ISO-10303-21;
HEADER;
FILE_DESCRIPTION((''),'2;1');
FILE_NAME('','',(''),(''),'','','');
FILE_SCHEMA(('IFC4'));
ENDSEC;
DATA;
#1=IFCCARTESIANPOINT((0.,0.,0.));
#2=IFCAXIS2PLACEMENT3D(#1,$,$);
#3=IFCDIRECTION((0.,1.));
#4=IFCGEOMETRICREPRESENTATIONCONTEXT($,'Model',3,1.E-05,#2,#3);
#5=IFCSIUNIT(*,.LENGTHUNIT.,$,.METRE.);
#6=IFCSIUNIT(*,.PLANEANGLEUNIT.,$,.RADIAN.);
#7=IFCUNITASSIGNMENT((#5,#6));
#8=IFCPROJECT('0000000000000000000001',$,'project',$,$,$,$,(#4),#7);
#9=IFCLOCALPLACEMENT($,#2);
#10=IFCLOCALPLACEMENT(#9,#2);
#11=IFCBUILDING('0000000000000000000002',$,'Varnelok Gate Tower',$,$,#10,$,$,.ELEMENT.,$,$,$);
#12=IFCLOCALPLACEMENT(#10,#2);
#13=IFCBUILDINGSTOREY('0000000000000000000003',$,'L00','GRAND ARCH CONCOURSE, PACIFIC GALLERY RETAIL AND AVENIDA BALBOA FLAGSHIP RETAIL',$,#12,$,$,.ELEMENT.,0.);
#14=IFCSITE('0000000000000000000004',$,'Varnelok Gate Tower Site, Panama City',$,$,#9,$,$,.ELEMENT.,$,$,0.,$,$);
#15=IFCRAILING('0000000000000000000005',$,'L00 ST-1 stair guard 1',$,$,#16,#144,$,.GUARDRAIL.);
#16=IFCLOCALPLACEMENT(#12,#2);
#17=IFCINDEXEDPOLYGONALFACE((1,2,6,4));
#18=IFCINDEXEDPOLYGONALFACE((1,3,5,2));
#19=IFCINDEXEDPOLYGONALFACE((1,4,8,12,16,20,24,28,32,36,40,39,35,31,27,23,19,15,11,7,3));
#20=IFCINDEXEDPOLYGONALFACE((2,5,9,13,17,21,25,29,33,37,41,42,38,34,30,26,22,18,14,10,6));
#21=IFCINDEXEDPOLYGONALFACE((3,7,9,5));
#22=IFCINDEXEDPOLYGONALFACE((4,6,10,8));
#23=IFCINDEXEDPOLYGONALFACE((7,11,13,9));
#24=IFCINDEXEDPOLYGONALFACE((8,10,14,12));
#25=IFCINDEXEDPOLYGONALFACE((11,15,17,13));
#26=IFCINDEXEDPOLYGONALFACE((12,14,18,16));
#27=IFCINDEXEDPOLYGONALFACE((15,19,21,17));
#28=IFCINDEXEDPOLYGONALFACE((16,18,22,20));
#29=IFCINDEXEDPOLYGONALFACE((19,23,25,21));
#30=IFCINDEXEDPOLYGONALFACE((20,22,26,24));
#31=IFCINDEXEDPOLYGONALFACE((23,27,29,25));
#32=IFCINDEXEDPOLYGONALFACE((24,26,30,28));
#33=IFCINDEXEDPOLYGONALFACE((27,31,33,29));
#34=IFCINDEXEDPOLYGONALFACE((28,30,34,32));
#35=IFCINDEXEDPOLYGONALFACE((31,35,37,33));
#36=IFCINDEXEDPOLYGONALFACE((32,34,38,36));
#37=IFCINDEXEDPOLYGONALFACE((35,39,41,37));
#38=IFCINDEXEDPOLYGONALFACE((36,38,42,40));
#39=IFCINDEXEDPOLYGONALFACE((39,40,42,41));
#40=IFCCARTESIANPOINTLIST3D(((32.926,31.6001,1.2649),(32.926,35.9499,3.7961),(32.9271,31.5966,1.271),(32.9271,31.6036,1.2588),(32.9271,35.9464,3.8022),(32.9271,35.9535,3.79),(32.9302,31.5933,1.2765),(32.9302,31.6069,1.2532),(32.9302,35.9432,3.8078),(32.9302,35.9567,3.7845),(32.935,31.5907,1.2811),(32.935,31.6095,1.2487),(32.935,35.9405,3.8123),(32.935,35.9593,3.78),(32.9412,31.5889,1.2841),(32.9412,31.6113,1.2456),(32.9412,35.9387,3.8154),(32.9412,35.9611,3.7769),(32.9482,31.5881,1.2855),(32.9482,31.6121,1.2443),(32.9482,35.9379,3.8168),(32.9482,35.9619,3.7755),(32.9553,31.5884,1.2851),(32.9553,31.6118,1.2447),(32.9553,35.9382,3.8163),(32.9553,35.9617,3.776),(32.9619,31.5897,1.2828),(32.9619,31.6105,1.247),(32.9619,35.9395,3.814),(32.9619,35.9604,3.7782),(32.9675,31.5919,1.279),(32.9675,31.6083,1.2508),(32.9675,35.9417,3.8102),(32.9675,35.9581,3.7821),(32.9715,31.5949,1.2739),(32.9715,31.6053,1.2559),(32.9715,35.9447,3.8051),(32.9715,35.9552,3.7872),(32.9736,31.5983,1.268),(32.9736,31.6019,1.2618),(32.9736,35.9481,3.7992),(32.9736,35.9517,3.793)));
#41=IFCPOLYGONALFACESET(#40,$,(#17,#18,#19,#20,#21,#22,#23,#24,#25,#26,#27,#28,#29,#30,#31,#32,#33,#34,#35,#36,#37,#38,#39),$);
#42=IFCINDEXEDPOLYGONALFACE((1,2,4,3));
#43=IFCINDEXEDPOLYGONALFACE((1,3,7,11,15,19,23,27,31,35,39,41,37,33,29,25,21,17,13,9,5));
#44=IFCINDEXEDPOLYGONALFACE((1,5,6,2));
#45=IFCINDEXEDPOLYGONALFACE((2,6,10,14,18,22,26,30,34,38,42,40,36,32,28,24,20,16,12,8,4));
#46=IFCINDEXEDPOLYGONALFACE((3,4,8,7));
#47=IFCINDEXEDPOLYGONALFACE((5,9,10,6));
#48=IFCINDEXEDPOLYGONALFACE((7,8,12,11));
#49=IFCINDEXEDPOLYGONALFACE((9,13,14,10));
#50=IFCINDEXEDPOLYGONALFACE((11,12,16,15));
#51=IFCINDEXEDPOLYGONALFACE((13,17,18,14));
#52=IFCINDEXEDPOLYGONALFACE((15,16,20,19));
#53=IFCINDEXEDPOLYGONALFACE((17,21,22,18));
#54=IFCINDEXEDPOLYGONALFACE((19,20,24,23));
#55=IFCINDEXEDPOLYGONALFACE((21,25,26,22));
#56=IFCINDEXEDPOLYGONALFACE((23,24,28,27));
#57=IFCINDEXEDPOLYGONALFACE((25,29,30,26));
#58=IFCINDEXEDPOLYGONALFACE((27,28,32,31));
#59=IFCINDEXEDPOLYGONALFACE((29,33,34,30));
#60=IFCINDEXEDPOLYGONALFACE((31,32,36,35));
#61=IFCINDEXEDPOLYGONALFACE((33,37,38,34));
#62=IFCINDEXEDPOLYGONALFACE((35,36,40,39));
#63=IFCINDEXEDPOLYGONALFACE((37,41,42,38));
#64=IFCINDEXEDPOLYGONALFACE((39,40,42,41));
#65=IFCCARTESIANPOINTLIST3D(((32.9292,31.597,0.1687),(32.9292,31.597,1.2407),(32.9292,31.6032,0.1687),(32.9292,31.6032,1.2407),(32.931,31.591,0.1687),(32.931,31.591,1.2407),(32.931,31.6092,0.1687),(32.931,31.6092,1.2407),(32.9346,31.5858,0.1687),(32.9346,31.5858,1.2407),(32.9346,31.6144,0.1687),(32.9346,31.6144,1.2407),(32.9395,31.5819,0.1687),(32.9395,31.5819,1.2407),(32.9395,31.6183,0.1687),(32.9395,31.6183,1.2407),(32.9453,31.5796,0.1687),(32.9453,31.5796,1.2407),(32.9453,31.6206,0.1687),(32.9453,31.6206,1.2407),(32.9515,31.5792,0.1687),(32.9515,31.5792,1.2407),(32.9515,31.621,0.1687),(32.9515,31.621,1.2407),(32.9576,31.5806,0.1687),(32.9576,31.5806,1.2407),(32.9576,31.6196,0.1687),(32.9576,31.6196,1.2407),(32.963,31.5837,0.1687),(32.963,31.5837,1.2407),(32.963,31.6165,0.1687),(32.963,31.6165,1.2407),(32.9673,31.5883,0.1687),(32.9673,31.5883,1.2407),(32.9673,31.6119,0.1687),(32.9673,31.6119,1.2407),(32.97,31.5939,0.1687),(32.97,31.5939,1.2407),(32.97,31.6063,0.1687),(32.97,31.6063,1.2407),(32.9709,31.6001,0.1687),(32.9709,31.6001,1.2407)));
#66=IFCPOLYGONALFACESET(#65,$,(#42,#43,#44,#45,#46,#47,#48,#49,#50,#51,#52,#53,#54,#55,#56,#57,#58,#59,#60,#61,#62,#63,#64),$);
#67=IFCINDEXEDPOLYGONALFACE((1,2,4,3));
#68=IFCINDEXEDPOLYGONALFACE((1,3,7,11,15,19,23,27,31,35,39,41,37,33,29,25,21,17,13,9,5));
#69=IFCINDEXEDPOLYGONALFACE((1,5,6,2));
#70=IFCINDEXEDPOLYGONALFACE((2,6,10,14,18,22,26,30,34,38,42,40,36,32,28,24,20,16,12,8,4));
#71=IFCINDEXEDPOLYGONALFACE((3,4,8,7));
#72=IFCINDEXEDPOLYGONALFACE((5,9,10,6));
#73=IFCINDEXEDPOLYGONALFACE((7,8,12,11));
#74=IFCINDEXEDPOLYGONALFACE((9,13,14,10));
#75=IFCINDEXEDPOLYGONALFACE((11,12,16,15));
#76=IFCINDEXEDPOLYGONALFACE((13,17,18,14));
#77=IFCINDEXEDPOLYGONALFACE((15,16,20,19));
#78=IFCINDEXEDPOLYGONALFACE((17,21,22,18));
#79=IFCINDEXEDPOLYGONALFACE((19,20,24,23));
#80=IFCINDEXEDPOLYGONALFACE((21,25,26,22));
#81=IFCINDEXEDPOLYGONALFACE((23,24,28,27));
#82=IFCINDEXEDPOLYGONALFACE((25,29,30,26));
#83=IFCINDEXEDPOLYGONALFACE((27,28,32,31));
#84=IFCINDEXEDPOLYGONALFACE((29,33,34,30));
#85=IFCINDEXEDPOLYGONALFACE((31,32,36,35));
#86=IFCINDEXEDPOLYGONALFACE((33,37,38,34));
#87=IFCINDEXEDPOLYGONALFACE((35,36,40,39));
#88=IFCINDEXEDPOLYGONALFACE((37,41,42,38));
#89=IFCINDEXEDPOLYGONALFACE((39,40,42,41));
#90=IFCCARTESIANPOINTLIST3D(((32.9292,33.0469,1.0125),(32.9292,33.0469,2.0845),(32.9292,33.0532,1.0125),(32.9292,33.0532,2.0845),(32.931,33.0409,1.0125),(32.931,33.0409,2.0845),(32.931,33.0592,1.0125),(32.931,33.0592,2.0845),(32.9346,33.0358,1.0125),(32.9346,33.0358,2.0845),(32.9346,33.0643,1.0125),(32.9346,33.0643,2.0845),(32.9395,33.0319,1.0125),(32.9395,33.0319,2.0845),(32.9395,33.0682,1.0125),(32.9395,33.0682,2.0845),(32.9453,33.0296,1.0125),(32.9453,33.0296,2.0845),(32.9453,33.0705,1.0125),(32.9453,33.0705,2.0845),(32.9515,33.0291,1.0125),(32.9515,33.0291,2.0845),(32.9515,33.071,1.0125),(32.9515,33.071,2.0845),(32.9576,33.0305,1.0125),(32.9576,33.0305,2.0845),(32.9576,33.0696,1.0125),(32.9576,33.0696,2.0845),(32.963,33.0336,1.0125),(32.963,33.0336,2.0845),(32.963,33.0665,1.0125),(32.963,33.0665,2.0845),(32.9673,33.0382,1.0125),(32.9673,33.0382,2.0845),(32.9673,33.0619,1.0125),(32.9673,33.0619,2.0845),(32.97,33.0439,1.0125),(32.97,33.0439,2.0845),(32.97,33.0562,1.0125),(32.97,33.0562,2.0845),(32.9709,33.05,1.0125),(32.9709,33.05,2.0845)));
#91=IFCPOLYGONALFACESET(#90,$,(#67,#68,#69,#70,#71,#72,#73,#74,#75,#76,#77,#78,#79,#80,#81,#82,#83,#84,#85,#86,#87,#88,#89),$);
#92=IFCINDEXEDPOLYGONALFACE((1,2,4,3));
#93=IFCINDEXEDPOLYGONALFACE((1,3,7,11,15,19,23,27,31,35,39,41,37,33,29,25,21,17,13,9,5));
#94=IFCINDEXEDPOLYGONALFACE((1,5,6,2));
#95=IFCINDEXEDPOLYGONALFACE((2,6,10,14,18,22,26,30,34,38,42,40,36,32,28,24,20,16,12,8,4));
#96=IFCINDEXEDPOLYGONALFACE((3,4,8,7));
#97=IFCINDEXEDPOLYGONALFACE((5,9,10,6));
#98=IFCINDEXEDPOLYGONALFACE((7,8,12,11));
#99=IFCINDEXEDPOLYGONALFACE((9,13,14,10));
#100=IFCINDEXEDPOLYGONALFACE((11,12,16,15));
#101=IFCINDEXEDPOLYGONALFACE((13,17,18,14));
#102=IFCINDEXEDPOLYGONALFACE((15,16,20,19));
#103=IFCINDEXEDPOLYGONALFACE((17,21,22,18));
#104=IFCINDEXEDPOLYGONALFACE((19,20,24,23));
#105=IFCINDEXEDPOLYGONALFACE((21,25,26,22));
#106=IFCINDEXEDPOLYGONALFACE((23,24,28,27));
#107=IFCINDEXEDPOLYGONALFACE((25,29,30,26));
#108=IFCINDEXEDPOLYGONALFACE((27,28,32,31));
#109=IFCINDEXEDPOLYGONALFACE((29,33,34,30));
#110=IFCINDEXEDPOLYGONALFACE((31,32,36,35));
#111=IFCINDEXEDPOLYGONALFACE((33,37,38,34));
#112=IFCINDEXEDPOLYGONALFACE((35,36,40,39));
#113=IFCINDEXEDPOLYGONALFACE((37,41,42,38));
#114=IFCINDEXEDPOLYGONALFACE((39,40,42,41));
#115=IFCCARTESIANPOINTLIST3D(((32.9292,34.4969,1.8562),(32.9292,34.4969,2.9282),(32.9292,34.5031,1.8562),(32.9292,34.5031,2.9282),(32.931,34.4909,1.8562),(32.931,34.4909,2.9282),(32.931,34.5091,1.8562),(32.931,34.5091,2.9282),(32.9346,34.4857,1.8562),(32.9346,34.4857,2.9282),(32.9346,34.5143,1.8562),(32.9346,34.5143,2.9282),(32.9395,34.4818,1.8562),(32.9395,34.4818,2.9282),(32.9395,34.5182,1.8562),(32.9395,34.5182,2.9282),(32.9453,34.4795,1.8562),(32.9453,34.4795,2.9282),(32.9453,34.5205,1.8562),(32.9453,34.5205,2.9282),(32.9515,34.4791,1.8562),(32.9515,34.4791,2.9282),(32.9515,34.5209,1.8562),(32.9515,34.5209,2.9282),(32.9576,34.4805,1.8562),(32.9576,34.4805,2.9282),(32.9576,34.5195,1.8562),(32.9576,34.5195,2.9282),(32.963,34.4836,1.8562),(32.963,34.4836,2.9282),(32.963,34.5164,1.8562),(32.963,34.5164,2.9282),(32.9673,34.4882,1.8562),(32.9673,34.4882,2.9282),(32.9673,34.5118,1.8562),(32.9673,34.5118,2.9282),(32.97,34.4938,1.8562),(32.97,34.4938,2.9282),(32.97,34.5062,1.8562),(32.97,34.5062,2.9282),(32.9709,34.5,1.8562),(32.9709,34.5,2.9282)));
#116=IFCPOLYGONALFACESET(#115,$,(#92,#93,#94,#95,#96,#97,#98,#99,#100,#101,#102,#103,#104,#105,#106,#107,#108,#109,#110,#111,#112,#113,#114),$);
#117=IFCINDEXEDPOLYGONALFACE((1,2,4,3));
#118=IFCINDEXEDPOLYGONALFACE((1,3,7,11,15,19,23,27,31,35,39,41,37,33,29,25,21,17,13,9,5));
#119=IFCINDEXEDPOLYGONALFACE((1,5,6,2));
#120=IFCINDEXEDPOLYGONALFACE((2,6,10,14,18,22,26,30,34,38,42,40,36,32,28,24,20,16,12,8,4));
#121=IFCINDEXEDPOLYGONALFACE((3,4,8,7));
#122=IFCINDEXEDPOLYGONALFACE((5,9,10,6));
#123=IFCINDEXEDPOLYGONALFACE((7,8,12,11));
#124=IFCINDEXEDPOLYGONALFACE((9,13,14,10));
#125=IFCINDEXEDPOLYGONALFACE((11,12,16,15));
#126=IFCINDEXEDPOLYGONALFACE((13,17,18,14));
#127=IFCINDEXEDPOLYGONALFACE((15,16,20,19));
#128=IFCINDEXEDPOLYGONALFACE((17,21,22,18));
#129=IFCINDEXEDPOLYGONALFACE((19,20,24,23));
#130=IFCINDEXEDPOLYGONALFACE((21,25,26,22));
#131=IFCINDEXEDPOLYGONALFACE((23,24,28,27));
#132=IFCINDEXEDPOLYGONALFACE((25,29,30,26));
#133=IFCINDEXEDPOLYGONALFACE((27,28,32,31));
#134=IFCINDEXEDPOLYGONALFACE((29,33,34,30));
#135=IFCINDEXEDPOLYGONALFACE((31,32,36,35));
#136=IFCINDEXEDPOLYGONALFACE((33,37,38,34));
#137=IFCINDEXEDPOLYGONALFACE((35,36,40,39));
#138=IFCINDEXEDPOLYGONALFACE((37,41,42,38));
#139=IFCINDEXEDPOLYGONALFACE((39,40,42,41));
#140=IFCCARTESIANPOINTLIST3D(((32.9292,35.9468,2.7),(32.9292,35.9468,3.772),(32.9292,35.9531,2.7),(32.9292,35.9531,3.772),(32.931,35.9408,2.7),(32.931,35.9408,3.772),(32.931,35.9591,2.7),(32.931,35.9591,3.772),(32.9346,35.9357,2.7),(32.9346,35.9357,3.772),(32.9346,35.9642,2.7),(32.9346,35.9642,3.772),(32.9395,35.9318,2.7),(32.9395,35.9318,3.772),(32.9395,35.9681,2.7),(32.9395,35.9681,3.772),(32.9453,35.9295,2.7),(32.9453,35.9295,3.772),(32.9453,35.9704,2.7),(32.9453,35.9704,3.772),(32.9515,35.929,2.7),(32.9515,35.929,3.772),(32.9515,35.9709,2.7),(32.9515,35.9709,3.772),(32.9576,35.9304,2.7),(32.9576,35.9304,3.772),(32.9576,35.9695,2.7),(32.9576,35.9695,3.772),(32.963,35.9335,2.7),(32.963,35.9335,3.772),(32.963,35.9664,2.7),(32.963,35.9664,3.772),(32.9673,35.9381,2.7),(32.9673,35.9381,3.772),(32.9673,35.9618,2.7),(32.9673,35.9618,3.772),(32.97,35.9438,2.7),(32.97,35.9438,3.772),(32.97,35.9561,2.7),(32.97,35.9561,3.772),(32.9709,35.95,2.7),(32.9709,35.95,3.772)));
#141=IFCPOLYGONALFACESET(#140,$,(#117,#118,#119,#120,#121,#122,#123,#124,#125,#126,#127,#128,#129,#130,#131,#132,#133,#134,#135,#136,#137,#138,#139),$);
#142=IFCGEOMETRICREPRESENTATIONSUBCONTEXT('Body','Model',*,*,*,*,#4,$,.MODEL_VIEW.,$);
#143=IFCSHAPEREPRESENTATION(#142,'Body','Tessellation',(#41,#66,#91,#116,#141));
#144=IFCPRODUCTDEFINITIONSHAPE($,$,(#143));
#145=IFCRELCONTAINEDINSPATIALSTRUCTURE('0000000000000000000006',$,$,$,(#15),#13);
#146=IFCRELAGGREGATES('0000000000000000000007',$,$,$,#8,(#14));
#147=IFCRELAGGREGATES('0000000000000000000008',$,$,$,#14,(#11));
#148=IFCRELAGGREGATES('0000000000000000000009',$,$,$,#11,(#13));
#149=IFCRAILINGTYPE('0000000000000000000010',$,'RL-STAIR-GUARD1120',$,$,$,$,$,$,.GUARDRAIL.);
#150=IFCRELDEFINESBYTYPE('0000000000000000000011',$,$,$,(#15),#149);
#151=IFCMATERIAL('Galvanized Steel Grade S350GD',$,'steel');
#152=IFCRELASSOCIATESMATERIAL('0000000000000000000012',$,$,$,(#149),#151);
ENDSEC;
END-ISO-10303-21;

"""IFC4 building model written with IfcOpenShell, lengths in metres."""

from ifc_helpers import new_model, si_unit, direction, frame, origin, origin_2d, place, context, subcontext, project, spatial, circle, extrude, material, type_object, element, save


model = new_model("IFC4")

# Units and contexts
model_context = context("Model", 3, precision=1e-05, world=origin(), true_north=direction((0.0, 1.0)))
body_context = subcontext(model_context, "Body", "Model", "MODEL_VIEW")
ifc_project = project(units=[si_unit("LENGTHUNIT", "METRE"), si_unit("PLANEANGLEUNIT", "RADIAN")], contexts=[model_context])

# Site, building, storey
site_placement = place(None, origin())
site = spatial("IfcSite", under=ifc_project, at=site_placement, Name="Varnelok Gate Tower Site, Panama City", CompositionType="ELEMENT", RefElevation=0.0)
building_placement = place(site_placement, origin())
building = spatial("IfcBuilding", under=site, at=building_placement, Name="Varnelok Gate Tower", CompositionType="ELEMENT")
storey_placement = place(building_placement, origin())
storey = spatial("IfcBuildingStorey", under=building, at=storey_placement, Name="L00", Description="GRAND ARCH CONCOURSE, PACIFIC GALLERY RETAIL AND AVENIDA BALBOA FLAGSHIP RETAIL", CompositionType="ELEMENT", Elevation=0.0)

# Shared definitions
ifc_material_1 = material(Name="Galvanized Steel Grade S350GD", Category="steel")

# Railing
railing_type_1 = type_object("IfcRailingType", Name="RL-STAIR-GUARD1120", PredefinedType="GUARDRAIL", material=ifc_material_1)
railing_1_placement = place(storey_placement, frame((32.95, 31.6001, 0.1687)))
element("IfcRailing", 1, at=railing_1_placement, inside=storey, type_object=railing_type_1, Name="L00 ST-1 stair guard 1", PredefinedType="GUARDRAIL", context=body_context, shape_type="SweptSolid", body=[
    extrude(circle(Radius=0.0239, at=origin_2d()), frame((0.0, 0.0, 1.0962), z_axis=(0.0, 0.864312, 0.502957), x_axis=(-1.0, 0.0, 0.0)), (0.0, 0.0, 1.0), 5.0327),
    extrude(circle(Radius=0.021, at=origin_2d()), origin(), (0.0, 0.0, 1.0), 1.072),
    extrude(circle(Radius=0.021, at=origin_2d()), frame((0.0, 1.45, 0.8438)), (0.0, 0.0, 1.0), 1.072),
    extrude(circle(Radius=0.021, at=origin_2d()), frame((0.0, 2.8999, 1.6875)), (0.0, 0.0, 1.0), 1.072),
    extrude(circle(Radius=0.021, at=origin_2d()), frame((0.0, 4.3499, 2.5312)), (0.0, 0.0, 1.0), 1.072),
])

save(model, "model.ifc")
